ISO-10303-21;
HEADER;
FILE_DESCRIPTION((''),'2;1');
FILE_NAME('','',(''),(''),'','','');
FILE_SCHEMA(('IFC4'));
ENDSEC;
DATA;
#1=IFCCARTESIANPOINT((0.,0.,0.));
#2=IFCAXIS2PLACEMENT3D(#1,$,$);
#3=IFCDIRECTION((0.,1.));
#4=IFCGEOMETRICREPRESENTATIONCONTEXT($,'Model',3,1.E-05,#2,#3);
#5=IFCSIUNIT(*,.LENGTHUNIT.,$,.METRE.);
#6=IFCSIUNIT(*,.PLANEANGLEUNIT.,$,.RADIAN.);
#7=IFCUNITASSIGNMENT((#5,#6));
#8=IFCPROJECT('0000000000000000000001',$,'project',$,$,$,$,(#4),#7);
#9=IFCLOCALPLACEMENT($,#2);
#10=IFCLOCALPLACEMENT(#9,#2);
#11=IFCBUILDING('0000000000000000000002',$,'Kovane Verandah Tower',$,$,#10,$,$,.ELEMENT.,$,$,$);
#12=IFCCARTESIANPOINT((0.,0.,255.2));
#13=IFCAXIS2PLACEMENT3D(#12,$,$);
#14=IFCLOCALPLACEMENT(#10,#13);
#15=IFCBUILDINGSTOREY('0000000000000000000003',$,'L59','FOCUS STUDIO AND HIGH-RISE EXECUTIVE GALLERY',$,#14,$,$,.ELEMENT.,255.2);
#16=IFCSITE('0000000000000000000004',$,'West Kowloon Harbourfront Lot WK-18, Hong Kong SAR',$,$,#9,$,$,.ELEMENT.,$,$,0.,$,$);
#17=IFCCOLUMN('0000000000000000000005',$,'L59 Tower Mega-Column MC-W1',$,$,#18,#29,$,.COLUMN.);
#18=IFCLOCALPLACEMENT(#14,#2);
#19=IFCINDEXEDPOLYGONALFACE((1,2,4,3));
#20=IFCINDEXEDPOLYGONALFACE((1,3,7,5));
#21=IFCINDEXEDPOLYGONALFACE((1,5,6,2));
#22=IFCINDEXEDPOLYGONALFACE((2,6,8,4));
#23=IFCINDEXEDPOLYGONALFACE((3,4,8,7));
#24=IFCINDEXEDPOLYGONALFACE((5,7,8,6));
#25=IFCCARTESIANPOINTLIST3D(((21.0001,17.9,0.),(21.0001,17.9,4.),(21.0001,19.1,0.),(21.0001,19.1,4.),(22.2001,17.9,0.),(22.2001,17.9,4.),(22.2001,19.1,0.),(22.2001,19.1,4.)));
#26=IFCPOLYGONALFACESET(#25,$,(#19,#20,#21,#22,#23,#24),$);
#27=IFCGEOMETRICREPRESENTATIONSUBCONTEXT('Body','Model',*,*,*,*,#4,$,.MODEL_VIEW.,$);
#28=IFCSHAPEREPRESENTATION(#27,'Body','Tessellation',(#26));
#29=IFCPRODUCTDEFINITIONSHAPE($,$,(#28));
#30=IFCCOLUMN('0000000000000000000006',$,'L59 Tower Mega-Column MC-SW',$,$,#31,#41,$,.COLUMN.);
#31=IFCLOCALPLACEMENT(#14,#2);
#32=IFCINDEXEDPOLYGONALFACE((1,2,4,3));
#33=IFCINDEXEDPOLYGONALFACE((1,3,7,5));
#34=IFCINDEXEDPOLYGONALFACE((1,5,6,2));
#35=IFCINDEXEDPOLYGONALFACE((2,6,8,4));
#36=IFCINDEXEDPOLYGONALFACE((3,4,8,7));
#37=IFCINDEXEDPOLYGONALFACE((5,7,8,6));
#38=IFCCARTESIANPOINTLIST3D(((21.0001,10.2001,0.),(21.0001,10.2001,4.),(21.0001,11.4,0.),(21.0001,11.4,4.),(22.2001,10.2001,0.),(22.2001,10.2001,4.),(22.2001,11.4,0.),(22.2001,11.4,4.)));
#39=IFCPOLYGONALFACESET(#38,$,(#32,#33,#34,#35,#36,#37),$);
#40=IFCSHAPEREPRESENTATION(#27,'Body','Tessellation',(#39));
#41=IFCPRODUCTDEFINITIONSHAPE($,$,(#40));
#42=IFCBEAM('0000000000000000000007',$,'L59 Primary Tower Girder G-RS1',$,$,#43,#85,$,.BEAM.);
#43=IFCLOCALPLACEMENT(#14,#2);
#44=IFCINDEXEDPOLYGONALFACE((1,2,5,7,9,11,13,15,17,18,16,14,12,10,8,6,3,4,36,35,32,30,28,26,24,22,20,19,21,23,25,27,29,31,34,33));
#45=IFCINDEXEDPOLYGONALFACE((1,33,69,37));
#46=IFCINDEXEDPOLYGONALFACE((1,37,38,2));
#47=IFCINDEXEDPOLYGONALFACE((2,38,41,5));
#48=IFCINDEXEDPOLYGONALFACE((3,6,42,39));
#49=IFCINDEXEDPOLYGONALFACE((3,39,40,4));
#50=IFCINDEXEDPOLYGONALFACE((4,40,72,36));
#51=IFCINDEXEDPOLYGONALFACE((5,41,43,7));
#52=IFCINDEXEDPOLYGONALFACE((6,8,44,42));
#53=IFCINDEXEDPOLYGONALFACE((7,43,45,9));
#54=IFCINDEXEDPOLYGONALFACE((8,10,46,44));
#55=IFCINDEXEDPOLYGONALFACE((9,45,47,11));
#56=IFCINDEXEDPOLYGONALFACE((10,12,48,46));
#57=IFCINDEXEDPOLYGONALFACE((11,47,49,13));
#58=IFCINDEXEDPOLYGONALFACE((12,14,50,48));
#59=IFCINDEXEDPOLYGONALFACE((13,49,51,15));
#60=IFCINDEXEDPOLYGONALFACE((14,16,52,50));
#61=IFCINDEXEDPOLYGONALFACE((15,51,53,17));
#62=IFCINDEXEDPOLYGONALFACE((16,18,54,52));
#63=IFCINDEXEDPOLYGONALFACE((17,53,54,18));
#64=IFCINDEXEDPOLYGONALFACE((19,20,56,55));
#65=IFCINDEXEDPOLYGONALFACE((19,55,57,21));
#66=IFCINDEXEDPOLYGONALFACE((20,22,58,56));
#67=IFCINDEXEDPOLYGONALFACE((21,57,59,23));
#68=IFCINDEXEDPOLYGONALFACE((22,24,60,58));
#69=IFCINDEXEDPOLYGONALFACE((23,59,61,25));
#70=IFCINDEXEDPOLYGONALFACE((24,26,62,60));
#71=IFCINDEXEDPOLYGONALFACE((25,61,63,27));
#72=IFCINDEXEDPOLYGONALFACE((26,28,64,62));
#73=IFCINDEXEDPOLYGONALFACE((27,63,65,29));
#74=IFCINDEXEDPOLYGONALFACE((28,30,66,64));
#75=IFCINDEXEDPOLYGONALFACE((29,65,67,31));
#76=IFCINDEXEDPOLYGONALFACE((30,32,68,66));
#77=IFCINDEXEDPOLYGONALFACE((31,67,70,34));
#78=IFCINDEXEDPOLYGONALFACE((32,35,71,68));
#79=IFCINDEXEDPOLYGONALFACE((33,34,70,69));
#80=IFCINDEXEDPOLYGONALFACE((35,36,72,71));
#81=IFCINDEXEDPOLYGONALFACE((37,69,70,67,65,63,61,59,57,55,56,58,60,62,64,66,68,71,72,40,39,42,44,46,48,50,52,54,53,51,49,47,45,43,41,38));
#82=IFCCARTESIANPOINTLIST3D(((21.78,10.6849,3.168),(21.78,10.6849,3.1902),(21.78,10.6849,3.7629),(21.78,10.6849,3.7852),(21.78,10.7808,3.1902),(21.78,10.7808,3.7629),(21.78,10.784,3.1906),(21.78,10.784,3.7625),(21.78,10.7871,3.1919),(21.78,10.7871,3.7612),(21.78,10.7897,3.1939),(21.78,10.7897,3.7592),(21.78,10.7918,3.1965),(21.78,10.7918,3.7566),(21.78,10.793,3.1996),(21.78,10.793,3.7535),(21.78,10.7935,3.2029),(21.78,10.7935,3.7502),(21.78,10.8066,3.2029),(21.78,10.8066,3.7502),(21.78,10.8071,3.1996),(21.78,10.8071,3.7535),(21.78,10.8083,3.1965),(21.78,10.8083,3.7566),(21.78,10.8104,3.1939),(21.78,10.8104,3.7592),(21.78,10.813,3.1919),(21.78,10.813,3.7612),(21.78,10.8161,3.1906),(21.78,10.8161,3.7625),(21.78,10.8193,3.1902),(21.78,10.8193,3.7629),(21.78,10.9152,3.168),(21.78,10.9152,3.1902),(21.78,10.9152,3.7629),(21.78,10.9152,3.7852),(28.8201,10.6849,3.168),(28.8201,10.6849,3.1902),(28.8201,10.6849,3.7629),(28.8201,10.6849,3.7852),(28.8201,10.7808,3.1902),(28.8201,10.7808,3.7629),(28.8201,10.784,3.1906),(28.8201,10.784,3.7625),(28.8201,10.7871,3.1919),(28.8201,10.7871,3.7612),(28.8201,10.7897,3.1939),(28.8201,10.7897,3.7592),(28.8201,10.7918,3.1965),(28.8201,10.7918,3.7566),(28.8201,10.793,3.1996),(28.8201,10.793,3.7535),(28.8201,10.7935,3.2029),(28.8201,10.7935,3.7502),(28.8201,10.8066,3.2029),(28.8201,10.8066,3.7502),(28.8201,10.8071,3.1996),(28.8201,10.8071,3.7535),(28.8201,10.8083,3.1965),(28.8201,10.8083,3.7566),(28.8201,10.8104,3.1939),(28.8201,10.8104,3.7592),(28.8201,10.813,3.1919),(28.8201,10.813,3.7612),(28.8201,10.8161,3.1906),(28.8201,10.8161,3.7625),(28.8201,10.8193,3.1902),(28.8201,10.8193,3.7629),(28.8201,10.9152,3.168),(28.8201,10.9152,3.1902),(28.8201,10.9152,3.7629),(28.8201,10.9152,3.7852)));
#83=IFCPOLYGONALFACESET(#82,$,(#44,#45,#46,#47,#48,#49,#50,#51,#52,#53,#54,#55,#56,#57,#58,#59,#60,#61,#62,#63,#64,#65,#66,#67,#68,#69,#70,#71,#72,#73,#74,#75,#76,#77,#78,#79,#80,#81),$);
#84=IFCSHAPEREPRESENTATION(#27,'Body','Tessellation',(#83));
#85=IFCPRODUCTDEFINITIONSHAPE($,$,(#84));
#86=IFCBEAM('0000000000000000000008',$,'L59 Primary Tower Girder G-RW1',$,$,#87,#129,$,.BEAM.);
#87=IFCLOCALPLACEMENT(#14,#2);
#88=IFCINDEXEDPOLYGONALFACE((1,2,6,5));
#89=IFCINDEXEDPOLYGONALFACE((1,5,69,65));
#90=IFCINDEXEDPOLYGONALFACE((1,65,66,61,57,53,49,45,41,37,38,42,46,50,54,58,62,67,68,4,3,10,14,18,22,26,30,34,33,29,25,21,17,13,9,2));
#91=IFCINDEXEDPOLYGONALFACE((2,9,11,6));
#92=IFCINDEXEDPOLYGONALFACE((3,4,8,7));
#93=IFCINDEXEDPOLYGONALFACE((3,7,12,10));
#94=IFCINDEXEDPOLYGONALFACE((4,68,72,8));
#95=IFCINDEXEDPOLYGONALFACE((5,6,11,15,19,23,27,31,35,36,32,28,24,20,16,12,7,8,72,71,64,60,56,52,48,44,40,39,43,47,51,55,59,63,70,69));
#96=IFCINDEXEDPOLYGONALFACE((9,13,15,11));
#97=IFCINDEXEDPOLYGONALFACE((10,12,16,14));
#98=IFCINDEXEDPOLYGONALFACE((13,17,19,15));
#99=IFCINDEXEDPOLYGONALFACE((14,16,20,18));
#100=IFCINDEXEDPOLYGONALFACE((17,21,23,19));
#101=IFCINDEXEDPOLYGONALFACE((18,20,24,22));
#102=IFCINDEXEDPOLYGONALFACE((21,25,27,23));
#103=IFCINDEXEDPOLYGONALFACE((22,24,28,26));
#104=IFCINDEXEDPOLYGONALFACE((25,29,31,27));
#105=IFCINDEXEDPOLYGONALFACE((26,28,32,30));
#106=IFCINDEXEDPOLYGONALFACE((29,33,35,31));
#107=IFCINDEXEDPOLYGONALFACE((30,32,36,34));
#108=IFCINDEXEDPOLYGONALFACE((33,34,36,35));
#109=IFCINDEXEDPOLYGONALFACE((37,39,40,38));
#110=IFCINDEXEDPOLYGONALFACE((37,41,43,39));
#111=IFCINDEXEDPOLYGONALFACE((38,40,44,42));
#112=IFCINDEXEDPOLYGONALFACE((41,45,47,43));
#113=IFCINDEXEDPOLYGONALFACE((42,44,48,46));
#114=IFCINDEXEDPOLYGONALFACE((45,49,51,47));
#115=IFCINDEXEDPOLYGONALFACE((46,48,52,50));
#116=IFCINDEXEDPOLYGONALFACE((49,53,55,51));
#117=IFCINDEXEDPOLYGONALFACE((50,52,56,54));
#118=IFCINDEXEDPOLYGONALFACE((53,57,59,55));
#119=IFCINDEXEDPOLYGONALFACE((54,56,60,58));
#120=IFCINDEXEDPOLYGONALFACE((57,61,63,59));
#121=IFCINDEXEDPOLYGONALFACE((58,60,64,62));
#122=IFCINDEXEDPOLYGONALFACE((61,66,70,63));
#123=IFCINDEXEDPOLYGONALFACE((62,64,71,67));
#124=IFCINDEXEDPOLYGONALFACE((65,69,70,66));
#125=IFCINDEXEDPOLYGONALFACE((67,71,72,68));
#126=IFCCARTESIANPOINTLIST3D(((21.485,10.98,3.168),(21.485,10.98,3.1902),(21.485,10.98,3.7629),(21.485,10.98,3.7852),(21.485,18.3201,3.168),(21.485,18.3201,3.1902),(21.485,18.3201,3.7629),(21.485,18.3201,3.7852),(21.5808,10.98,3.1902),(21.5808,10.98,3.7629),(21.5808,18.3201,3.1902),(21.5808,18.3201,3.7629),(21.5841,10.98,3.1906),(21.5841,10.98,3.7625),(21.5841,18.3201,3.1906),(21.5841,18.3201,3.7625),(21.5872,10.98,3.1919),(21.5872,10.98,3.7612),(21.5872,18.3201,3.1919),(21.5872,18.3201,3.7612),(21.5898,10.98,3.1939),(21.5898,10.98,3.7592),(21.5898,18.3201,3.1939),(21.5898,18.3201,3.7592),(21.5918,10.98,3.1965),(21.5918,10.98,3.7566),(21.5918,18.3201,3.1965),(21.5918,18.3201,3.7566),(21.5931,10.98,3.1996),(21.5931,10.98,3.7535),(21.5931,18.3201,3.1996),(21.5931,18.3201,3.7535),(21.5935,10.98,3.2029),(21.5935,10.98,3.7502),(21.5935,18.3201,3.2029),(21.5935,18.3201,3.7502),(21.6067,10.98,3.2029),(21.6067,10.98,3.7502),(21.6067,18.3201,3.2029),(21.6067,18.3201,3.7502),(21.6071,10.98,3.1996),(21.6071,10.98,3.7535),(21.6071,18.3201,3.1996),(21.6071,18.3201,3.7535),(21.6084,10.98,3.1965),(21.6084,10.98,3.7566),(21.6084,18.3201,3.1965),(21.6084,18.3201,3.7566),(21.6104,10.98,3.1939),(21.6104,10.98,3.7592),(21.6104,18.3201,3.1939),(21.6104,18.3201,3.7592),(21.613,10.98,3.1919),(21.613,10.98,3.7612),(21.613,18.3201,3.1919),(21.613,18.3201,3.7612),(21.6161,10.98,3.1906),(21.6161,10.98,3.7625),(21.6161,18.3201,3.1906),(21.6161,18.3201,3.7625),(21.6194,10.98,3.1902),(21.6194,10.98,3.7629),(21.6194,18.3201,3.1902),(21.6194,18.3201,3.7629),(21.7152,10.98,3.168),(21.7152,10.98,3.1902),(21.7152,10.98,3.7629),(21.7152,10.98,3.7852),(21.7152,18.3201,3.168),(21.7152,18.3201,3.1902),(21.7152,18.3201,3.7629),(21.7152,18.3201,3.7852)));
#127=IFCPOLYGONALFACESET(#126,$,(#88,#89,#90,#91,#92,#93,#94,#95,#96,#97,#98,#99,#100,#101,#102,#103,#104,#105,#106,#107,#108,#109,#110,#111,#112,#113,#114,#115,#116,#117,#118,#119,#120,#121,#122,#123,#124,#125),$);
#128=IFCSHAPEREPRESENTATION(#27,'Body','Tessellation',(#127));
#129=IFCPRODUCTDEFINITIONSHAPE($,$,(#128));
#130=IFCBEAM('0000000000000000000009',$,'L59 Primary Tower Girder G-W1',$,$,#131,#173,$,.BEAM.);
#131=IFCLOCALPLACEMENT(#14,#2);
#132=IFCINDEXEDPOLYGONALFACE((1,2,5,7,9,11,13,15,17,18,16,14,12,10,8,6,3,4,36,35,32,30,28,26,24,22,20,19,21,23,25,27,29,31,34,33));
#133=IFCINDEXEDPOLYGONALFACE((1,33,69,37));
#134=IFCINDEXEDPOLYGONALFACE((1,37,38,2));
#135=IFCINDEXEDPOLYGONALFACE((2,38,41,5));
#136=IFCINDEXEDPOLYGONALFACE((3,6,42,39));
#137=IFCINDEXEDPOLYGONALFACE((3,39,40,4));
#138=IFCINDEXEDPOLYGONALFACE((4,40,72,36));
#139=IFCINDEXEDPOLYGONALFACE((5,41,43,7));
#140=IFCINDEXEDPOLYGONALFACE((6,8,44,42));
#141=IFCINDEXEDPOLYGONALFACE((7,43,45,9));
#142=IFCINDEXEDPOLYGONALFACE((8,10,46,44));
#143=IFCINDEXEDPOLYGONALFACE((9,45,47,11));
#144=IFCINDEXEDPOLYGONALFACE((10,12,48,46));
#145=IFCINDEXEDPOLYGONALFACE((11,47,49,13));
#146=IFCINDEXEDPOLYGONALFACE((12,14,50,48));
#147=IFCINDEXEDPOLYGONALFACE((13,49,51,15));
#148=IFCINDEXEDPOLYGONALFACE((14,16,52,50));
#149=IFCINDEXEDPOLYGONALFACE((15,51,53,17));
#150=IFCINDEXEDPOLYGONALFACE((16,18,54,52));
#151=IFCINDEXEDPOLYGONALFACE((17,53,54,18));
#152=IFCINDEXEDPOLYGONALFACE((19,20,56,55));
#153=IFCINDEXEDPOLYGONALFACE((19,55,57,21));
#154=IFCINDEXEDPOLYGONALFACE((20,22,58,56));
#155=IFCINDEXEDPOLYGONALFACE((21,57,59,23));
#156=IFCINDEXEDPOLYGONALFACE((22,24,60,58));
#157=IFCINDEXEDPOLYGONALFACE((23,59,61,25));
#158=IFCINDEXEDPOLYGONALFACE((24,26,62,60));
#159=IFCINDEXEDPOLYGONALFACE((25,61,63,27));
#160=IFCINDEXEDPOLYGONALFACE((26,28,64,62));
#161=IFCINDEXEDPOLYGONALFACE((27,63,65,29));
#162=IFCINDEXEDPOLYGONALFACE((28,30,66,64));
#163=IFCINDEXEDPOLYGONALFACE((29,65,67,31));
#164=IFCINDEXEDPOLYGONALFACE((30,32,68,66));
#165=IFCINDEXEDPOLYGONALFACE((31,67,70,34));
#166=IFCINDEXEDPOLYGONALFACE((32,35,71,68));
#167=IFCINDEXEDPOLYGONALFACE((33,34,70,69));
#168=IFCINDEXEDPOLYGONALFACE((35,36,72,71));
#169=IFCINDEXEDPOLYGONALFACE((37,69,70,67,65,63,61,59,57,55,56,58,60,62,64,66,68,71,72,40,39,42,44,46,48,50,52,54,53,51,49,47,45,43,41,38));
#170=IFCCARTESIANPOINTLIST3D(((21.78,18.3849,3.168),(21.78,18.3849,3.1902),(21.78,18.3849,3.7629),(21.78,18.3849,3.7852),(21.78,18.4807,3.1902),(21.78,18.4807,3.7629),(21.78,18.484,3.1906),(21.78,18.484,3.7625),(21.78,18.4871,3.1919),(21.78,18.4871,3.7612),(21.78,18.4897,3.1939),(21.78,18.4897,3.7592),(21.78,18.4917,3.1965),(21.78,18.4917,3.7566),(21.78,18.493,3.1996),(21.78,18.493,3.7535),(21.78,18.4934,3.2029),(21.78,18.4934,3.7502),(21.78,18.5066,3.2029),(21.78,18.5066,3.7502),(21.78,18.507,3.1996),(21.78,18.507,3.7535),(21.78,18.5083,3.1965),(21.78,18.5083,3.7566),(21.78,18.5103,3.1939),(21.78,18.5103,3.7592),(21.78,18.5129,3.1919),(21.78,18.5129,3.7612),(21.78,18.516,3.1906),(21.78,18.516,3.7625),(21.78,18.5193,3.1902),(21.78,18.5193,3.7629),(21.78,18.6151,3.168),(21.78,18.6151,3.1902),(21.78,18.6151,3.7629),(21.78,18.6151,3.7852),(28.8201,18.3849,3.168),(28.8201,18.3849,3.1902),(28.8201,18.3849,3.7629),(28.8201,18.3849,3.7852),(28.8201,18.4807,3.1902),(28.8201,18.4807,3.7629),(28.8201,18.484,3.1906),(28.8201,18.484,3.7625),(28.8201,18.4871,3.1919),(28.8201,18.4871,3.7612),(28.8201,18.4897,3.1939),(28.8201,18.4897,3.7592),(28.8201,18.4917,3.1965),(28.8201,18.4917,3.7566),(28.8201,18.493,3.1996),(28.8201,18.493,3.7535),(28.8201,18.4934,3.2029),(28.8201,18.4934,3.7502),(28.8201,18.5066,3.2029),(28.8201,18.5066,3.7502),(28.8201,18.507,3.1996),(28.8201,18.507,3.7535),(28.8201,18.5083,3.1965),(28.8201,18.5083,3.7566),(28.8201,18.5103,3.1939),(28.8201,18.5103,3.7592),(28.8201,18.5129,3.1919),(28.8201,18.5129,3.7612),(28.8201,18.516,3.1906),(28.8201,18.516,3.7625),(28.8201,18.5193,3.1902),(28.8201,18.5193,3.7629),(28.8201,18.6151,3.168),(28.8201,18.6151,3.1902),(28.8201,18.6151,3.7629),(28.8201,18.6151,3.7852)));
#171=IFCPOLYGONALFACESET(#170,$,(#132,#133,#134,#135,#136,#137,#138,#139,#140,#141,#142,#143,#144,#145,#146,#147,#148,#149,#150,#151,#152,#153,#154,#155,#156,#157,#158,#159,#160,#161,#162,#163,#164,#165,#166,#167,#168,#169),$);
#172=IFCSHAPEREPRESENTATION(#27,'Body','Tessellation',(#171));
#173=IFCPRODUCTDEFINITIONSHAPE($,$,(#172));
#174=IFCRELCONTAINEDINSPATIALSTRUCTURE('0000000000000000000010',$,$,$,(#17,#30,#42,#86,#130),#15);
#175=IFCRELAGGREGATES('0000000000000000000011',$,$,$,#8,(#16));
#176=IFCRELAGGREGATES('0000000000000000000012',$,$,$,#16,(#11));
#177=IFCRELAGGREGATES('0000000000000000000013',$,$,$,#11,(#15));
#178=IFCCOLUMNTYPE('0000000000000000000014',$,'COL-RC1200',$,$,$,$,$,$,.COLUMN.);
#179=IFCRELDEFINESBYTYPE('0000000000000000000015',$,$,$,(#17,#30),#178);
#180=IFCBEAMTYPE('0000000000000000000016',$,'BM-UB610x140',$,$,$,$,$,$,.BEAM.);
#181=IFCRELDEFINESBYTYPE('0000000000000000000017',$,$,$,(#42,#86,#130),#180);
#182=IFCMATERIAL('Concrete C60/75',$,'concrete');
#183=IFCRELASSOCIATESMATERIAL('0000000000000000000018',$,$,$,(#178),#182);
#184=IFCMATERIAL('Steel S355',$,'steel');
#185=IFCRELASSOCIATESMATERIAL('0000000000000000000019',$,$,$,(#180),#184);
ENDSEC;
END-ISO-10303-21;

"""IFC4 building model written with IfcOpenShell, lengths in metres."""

from ifc_helpers import new_model, si_unit, direction, frame, origin, origin_2d, place, context, subcontext, project, spatial, rectangle, i_section, extrude, material, material_profile, profile_set, type_object, element, save


model = new_model("IFC4")

# Units and contexts
model_context = context("Model", 3, precision=1e-05, world=origin(), true_north=direction((0.0, 1.0)))
body_context = subcontext(model_context, "Body", "Model", "MODEL_VIEW")
ifc_project = project(units=[si_unit("LENGTHUNIT", "METRE"), si_unit("PLANEANGLEUNIT", "RADIAN")], contexts=[model_context])

# Site, building, storey
site_placement = place(None, origin())
site = spatial("IfcSite", under=ifc_project, at=site_placement, Name="West Kowloon Harbourfront Lot WK-18, Hong Kong SAR", CompositionType="ELEMENT", RefElevation=0.0)
building_placement = place(site_placement, origin())
building = spatial("IfcBuilding", under=site, at=building_placement, Name="Kovane Verandah Tower", CompositionType="ELEMENT")
storey_placement = place(building_placement, frame((0.0, 0.0, 255.2)))
storey = spatial("IfcBuildingStorey", under=building, at=storey_placement, Name="L59", Description="FOCUS STUDIO AND HIGH-RISE EXECUTIVE GALLERY", CompositionType="ELEMENT", Elevation=255.2)

# Columns
ifc_material_1 = material(Name="Concrete C60/75", Category="concrete")
ifc_material_profile_1 = material_profile(ifc_material_1, rectangle(XDim=1.2, YDim=1.2, at=origin_2d()), Name="RC1200x1200")
ifc_profile_set_1 = profile_set([ifc_material_profile_1], Name="Concrete C60/75")
column_type = type_object("IfcColumnType", Name="COL-RC1200", PredefinedType="COLUMN", material=ifc_profile_set_1)
for number, where, z_axis, x_axis, name in (
    (1, (21.6001, 18.5, 0.0), (0.0, 0.0, 1.0), (1.0, 0.0, 0.0), "L59 Tower Mega-Column MC-W1"),
    (2, (21.6001, 10.8, 0.0), (0.0, 0.0, 1.0), (1.0, 0.0, 0.0), "L59 Tower Mega-Column MC-SW"),
):
    element("IfcColumn", number, at=place(storey_placement, frame(where, z_axis=z_axis, x_axis=x_axis)), inside=storey, type_object=column_type, Name=name, PredefinedType="COLUMN", context=body_context, shape_type="SweptSolid", body=[
        extrude(rectangle(XDim=1.2, YDim=1.2, at=origin_2d()), origin(), (0.0, 0.0, 1.0), 4.0),
    ])

# Beams
ifc_material_2 = material(Name="Steel S355", Category="steel")
ifc_material_profile_2 = material_profile(ifc_material_2, i_section(OverallWidth=0.2302, OverallDepth=0.6172, WebThickness=0.0132, FlangeThickness=0.0222, FilletRadius=0.0127, at=origin_2d()), Name="UB610x229x140")
ifc_profile_set_2 = profile_set([ifc_material_profile_2], Name="Steel S355")
beam_type_1 = type_object("IfcBeamType", Name="BM-UB610x140", PredefinedType="BEAM", material=ifc_profile_set_2)
beam_1_placement = place(storey_placement, frame((21.78, 10.8, 3.4766), z_axis=(1.0, 0.0, 0.0), x_axis=(0.0, 1.0, 0.0)))
element("IfcBeam", 3, at=beam_1_placement, inside=storey, type_object=beam_type_1, Name="L59 Primary Tower Girder G-RS1", PredefinedType="BEAM", context=body_context, shape_type="SweptSolid", body=[
    extrude(i_section(OverallWidth=0.2302, OverallDepth=0.6172, WebThickness=0.0132, FlangeThickness=0.0222, FilletRadius=0.0127, at=origin_2d()), origin(), (0.0, 0.0, 1.0), 7.04),
])
beam_2_placement = place(storey_placement, frame((21.6001, 10.98, 3.4766), z_axis=(0.0, 1.0, 0.0), x_axis=(-1.0, 0.0, 0.0)))
element("IfcBeam", 4, at=beam_2_placement, inside=storey, type_object=beam_type_1, Name="L59 Primary Tower Girder G-RW1", PredefinedType="BEAM", context=body_context, shape_type="SweptSolid", body=[
    extrude(i_section(OverallWidth=0.2302, OverallDepth=0.6172, WebThickness=0.0132, FlangeThickness=0.0222, FilletRadius=0.0127, at=origin_2d()), origin(), (0.0, 0.0, 1.0), 7.3401),
])
for number, where, z_axis, x_axis, name in (
    (5, (28.8201, 18.5, 3.4766), (-1.0, 0.0, 0.0), (0.0, -1.0, 0.0), "L59 Primary Tower Girder G-W1"),
):
    element("IfcBeam", number, at=place(storey_placement, frame(where, z_axis=z_axis, x_axis=x_axis)), inside=storey, type_object=beam_type_1, Name=name, PredefinedType="BEAM", context=body_context, shape_type="SweptSolid", body=[
        extrude(i_section(OverallWidth=0.2302, OverallDepth=0.6172, WebThickness=0.0132, FlangeThickness=0.0222, FilletRadius=0.0127, at=origin_2d()), origin(), (0.0, 0.0, 1.0), 7.04),
    ])

save(model, "model.ifc")
